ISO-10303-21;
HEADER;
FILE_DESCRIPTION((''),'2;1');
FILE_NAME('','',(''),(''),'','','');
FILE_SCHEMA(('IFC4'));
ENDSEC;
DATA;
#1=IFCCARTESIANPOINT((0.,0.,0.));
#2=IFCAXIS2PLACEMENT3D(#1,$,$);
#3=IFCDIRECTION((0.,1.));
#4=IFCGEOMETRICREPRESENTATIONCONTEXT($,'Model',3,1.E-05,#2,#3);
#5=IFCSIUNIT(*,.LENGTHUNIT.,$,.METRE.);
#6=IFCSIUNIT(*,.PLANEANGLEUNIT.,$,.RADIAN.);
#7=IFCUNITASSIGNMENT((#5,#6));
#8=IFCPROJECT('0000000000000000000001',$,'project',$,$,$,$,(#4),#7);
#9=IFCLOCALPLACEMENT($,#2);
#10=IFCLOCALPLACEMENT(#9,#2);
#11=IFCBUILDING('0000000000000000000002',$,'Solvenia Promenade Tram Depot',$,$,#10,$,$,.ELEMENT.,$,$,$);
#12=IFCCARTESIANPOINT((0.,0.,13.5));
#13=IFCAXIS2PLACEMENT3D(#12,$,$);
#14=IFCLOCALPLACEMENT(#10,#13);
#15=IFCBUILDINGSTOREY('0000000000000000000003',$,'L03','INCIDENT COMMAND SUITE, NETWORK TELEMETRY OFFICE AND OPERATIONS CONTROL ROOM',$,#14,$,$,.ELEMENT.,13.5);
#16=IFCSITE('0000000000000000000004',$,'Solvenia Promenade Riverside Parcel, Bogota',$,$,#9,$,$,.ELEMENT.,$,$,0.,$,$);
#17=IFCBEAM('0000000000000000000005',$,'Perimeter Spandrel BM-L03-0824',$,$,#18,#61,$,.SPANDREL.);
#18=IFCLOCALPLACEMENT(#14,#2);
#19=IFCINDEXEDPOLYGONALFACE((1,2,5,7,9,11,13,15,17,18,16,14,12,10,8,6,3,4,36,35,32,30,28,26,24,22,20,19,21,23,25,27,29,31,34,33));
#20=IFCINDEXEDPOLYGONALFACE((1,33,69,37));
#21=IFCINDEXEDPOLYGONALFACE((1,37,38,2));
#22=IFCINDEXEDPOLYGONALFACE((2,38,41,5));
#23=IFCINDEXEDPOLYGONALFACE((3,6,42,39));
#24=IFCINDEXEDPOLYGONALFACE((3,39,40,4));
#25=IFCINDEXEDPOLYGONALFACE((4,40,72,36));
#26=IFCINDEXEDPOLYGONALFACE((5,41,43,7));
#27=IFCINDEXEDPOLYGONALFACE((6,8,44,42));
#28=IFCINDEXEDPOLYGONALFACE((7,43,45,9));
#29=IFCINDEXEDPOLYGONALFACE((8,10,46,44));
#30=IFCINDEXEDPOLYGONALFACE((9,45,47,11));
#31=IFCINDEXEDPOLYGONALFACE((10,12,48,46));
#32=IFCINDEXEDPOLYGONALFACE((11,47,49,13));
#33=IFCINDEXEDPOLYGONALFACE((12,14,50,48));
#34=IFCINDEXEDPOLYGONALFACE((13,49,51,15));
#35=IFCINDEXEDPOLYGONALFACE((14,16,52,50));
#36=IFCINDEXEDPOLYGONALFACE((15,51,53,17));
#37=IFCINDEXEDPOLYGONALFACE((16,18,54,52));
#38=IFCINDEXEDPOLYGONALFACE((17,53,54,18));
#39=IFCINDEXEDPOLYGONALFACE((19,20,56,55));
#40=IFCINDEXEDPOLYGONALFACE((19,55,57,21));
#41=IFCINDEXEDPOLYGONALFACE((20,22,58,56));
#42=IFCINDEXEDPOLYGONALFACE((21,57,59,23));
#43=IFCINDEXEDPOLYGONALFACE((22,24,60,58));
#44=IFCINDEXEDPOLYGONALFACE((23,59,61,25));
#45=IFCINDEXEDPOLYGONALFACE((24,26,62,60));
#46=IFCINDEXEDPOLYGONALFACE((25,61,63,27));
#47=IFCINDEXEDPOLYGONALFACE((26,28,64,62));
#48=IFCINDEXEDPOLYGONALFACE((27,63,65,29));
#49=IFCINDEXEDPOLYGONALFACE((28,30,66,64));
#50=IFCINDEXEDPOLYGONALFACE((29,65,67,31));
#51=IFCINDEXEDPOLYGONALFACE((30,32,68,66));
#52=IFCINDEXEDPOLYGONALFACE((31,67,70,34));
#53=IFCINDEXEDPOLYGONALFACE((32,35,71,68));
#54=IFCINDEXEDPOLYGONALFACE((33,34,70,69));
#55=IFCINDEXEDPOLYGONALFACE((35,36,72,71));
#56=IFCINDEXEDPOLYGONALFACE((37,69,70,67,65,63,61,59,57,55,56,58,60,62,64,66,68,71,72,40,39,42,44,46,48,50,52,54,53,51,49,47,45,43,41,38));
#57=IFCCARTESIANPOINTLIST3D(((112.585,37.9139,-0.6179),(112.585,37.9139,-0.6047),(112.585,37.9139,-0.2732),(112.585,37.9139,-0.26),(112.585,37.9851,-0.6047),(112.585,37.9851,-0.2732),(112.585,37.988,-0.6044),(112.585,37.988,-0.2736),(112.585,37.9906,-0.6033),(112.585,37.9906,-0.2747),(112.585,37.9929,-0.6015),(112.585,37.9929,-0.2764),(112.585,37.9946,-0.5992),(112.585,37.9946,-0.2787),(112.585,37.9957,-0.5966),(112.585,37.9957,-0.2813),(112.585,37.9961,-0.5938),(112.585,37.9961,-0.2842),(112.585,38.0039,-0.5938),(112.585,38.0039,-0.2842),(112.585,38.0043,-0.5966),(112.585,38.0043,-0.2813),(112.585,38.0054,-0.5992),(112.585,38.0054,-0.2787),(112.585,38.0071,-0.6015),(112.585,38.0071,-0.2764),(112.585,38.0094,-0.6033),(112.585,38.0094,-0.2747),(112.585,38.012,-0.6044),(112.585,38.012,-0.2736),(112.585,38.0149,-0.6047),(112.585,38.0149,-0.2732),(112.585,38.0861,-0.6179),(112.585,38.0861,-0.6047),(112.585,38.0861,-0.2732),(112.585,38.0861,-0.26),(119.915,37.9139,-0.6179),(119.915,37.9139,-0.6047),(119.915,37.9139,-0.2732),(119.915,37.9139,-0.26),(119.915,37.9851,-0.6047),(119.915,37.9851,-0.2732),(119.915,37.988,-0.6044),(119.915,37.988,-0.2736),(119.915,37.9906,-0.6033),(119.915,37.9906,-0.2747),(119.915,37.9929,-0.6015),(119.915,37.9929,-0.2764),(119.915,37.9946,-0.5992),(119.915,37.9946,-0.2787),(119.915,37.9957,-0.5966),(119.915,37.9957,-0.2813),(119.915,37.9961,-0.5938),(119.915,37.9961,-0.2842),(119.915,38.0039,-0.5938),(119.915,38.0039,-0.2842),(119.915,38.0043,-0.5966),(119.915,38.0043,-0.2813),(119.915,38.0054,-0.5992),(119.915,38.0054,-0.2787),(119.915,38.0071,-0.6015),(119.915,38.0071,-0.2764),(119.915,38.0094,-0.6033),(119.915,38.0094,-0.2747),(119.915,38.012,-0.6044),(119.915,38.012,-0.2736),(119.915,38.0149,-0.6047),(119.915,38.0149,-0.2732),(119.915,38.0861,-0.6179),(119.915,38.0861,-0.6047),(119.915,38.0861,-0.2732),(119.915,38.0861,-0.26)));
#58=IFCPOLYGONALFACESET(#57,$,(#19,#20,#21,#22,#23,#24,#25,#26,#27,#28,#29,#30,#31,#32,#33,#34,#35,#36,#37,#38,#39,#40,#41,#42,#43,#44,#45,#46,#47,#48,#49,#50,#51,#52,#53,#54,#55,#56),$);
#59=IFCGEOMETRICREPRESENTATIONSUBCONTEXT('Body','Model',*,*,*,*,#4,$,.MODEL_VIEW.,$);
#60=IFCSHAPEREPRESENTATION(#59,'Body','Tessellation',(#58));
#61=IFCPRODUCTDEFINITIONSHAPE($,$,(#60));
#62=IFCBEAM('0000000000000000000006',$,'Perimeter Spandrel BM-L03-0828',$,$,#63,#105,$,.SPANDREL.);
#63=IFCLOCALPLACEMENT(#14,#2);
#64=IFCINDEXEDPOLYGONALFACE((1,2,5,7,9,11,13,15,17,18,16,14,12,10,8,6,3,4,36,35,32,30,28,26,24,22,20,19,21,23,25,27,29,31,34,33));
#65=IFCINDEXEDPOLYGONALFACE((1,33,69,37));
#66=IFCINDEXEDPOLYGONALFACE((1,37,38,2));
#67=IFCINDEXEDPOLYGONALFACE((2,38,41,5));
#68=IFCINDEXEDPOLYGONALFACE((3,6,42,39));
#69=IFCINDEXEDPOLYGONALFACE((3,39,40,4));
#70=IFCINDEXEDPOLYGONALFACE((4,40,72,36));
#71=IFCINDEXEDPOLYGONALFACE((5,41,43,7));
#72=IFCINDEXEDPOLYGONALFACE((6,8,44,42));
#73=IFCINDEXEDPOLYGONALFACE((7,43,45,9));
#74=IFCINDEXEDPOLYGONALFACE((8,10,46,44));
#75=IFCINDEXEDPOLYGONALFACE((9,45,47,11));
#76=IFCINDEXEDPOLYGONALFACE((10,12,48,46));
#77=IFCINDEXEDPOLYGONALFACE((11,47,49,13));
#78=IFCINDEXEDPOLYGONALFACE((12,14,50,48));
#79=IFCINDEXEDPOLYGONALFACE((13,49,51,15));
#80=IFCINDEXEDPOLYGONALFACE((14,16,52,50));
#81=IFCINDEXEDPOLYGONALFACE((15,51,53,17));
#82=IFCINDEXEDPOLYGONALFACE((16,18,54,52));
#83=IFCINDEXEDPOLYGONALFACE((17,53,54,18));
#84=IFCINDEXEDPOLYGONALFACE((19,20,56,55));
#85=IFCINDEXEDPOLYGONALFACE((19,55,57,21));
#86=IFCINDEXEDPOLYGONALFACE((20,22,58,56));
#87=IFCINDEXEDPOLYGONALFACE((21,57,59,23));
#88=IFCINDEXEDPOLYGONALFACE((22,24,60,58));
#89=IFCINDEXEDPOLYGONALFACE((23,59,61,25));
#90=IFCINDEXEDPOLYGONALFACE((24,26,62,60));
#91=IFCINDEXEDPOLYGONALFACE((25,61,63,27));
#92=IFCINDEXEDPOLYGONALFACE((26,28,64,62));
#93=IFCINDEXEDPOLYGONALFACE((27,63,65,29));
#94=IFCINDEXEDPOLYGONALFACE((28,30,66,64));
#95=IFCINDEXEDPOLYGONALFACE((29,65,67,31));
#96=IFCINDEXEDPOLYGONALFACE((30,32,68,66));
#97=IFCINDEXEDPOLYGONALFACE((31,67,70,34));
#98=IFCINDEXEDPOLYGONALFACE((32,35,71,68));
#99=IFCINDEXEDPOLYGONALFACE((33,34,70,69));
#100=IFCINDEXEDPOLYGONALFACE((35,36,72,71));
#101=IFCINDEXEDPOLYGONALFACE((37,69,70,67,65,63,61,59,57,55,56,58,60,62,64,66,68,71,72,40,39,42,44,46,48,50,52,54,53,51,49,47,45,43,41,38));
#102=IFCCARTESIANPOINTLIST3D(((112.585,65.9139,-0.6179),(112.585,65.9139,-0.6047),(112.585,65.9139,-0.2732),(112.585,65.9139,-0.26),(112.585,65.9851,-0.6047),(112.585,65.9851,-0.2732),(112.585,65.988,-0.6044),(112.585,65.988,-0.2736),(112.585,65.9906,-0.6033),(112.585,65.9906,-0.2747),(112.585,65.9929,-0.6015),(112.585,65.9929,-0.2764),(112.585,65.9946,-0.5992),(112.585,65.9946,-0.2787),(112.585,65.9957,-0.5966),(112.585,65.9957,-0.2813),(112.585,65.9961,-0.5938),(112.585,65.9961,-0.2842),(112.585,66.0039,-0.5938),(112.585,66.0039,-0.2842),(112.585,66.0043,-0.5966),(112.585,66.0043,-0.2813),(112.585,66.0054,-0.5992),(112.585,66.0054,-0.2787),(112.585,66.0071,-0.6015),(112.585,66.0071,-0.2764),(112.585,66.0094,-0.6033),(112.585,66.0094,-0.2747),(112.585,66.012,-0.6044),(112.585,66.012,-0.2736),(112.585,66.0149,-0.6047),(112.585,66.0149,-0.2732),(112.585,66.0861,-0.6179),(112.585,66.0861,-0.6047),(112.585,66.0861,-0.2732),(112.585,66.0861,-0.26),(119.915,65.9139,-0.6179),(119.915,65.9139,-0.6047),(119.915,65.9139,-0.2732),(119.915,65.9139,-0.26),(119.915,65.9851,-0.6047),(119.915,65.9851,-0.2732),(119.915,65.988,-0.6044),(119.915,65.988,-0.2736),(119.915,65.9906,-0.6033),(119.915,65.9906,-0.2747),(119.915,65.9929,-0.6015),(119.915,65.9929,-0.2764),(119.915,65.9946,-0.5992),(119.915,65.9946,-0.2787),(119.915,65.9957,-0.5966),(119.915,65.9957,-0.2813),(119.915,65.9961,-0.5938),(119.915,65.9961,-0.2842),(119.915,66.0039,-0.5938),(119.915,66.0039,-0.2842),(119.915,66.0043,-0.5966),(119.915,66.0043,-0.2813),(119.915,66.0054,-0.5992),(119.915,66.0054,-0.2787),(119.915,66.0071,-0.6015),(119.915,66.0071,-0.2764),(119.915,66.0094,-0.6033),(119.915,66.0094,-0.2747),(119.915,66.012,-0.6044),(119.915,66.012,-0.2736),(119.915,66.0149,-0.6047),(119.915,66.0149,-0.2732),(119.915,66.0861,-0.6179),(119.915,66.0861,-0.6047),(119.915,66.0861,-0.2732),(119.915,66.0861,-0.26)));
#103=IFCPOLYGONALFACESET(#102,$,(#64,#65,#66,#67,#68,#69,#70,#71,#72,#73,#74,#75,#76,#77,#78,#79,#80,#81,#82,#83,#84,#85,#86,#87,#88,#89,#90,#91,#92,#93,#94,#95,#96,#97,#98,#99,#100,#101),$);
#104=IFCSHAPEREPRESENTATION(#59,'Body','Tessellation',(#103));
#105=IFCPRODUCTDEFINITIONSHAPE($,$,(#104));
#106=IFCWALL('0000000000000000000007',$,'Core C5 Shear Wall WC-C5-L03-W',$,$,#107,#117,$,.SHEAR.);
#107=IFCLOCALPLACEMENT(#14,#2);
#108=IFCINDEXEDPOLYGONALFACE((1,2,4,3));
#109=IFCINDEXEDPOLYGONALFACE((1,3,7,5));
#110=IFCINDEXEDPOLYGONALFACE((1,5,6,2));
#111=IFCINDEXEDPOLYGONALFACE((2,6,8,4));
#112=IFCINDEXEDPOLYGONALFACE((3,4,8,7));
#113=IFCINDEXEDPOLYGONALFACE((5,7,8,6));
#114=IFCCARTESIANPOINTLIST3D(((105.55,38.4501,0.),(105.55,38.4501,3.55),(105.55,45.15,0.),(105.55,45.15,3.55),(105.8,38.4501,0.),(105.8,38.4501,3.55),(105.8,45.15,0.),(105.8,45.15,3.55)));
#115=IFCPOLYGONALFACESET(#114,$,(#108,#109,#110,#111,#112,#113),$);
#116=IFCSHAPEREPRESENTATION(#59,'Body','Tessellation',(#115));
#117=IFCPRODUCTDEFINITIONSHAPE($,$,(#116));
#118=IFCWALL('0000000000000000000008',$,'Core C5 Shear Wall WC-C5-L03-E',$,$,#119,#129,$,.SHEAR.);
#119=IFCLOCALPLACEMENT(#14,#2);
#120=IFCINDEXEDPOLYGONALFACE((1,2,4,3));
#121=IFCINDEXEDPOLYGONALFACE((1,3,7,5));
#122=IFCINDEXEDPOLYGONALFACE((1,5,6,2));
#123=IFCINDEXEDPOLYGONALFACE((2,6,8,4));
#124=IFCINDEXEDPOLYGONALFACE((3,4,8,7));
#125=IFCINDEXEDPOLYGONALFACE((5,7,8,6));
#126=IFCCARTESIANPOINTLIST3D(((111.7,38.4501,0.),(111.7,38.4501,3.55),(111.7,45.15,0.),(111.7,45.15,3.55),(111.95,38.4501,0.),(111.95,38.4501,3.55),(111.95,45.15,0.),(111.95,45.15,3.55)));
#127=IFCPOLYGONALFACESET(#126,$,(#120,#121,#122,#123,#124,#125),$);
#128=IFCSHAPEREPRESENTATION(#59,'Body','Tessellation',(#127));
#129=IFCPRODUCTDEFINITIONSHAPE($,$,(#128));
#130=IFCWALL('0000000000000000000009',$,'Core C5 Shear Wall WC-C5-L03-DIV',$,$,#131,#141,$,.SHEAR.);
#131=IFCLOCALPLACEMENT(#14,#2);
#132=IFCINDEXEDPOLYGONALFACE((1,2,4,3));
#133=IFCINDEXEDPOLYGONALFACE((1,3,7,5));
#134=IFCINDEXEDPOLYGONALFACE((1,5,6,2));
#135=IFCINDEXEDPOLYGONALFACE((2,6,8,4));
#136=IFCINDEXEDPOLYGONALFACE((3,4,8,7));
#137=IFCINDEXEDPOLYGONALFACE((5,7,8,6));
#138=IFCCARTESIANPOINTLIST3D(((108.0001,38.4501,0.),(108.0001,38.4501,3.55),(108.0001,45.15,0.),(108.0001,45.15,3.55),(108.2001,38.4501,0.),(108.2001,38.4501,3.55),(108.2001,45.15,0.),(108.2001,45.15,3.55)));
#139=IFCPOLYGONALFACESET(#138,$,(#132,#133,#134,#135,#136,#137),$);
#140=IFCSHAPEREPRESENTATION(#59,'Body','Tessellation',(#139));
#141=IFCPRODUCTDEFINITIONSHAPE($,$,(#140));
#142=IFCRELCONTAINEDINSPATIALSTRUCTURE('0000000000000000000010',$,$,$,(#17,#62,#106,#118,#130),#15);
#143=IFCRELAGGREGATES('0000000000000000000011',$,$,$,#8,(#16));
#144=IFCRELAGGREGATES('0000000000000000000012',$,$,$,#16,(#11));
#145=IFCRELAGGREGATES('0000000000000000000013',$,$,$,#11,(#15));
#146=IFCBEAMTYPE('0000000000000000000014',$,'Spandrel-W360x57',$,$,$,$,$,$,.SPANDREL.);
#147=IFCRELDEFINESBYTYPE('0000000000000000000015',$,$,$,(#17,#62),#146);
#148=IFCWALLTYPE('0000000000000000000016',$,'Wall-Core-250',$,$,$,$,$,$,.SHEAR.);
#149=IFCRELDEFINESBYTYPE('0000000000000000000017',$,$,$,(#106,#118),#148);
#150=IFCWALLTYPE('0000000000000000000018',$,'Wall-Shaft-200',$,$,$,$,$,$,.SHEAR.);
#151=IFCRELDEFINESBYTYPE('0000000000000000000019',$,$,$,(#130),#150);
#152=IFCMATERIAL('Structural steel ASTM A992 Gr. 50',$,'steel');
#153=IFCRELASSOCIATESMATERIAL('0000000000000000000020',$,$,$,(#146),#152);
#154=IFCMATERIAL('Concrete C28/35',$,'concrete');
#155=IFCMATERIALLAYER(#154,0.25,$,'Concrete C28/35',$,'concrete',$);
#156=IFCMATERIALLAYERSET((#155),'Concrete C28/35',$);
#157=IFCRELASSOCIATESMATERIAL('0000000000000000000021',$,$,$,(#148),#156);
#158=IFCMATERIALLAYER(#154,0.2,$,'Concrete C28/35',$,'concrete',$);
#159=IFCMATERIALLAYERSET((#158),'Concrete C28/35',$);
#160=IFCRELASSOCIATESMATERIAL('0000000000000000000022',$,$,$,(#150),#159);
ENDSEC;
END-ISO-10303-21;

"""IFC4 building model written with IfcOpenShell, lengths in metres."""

from ifc_helpers import new_model, si_unit, direction, frame, frame_2d, origin, origin_2d, place, context, subcontext, project, spatial, rectangle, i_section, extrude, material, layer, layer_set, material_profile, profile_set, type_object, element, save


model = new_model("IFC4")

# Units and contexts
model_context = context("Model", 3, precision=1e-05, world=origin(), true_north=direction((0.0, 1.0)))
body_context = subcontext(model_context, "Body", "Model", "MODEL_VIEW")
ifc_project = project(units=[si_unit("LENGTHUNIT", "METRE"), si_unit("PLANEANGLEUNIT", "RADIAN")], contexts=[model_context])

# Site, building, storey
site_placement = place(None, origin())
site = spatial("IfcSite", under=ifc_project, at=site_placement, Name="Solvenia Promenade Riverside Parcel, Bogota", CompositionType="ELEMENT", RefElevation=0.0)
building_placement = place(site_placement, origin())
building = spatial("IfcBuilding", under=site, at=building_placement, Name="Solvenia Promenade Tram Depot", CompositionType="ELEMENT")
storey_placement = place(building_placement, frame((0.0, 0.0, 13.5)))
storey = spatial("IfcBuildingStorey", under=building, at=storey_placement, Name="L03", Description="INCIDENT COMMAND SUITE, NETWORK TELEMETRY OFFICE AND OPERATIONS CONTROL ROOM", CompositionType="ELEMENT", Elevation=13.5)

# Shared definitions
ifc_material_1 = material(Name="Structural steel ASTM A992 Gr. 50", Category="steel")

# Beams
ifc_material_profile_1 = material_profile(ifc_material_1, i_section(OverallWidth=0.1721, OverallDepth=0.3579, WebThickness=0.0078, FlangeThickness=0.0132, FilletRadius=0.011, at=origin_2d()), Name="W360x57", Category="steel")
ifc_profile_set_1 = profile_set([ifc_material_profile_1], Name="Structural steel ASTM A992 Gr. 50")
beam_type_1 = type_object("IfcBeamType", Name="Spandrel-W360x57", PredefinedType="SPANDREL", material=ifc_profile_set_1)
for number, where, z_axis, x_axis, name in (
    (1, (112.585, 38.0, -0.439), (1.0, 0.0, 0.0), (0.0, 1.0, 0.0), "Perimeter Spandrel BM-L03-0824"),
    (2, (112.585, 66.0, -0.439), (1.0, 0.0, 0.0), (0.0, 1.0, 0.0), "Perimeter Spandrel BM-L03-0828"),
):
    element("IfcBeam", number, at=place(storey_placement, frame(where, z_axis=z_axis, x_axis=x_axis)), inside=storey, type_object=beam_type_1, Name=name, PredefinedType="SPANDREL", context=body_context, shape_type="SweptSolid", body=[
        extrude(i_section(OverallWidth=0.1721, OverallDepth=0.3579, WebThickness=0.0078, FlangeThickness=0.0132, FilletRadius=0.011, at=origin_2d()), origin(), (0.0, 0.0, 1.0), 7.3301),
    ])

# Shared definitions
ifc_material_2 = material(Name="Concrete C28/35", Category="concrete")
ifc_layer_1 = layer(ifc_material_2, 0.25, Name="Concrete C28/35", Category="concrete")
ifc_layer_set_1 = layer_set([ifc_layer_1], Name="Concrete C28/35")
wall_type_1 = type_object("IfcWallType", Name="Wall-Core-250", PredefinedType="SHEAR", material=ifc_layer_set_1)

# Walls
for number, where, z_axis, x_axis, name in (
    (3, (105.675, 38.45, 0.0), (0.0, 0.0, 1.0), (0.0, 1.0, 0.0), "Core C5 Shear Wall WC-C5-L03-W"),
    (4, (111.825, 38.45, 0.0), (0.0, 0.0, 1.0), (0.0, 1.0, 0.0), "Core C5 Shear Wall WC-C5-L03-E"),
):
    element("IfcWall", number, at=place(storey_placement, frame(where, z_axis=z_axis, x_axis=x_axis)), inside=storey, type_object=wall_type_1, Name=name, PredefinedType="SHEAR", context=body_context, shape_type="SweptSolid", body=[
        extrude(rectangle(XDim=6.7, YDim=0.25, at=frame_2d((3.3501, 0.0))), origin(), (0.0, 0.0, 1.0), 3.55),
    ])
ifc_layer_2 = layer(ifc_material_2, 0.2, Name="Concrete C28/35", Category="concrete")
ifc_layer_set_2 = layer_set([ifc_layer_2], Name="Concrete C28/35")
wall_type_2 = type_object("IfcWallType", Name="Wall-Shaft-200", PredefinedType="SHEAR", material=ifc_layer_set_2)
wall_1_placement = place(storey_placement, frame((108.1001, 38.45, 0.0), z_axis=(0.0, 0.0, 1.0), x_axis=(0.0, 1.0, 0.0)))
element("IfcWall", 5, at=wall_1_placement, inside=storey, type_object=wall_type_2, Name="Core C5 Shear Wall WC-C5-L03-DIV", PredefinedType="SHEAR", context=body_context, shape_type="SweptSolid", body=[
    extrude(rectangle(XDim=6.7, YDim=0.2, at=frame_2d((3.3501, 0.0))), origin(), (0.0, 0.0, 1.0), 3.55),
])

save(model, "model.ifc")
